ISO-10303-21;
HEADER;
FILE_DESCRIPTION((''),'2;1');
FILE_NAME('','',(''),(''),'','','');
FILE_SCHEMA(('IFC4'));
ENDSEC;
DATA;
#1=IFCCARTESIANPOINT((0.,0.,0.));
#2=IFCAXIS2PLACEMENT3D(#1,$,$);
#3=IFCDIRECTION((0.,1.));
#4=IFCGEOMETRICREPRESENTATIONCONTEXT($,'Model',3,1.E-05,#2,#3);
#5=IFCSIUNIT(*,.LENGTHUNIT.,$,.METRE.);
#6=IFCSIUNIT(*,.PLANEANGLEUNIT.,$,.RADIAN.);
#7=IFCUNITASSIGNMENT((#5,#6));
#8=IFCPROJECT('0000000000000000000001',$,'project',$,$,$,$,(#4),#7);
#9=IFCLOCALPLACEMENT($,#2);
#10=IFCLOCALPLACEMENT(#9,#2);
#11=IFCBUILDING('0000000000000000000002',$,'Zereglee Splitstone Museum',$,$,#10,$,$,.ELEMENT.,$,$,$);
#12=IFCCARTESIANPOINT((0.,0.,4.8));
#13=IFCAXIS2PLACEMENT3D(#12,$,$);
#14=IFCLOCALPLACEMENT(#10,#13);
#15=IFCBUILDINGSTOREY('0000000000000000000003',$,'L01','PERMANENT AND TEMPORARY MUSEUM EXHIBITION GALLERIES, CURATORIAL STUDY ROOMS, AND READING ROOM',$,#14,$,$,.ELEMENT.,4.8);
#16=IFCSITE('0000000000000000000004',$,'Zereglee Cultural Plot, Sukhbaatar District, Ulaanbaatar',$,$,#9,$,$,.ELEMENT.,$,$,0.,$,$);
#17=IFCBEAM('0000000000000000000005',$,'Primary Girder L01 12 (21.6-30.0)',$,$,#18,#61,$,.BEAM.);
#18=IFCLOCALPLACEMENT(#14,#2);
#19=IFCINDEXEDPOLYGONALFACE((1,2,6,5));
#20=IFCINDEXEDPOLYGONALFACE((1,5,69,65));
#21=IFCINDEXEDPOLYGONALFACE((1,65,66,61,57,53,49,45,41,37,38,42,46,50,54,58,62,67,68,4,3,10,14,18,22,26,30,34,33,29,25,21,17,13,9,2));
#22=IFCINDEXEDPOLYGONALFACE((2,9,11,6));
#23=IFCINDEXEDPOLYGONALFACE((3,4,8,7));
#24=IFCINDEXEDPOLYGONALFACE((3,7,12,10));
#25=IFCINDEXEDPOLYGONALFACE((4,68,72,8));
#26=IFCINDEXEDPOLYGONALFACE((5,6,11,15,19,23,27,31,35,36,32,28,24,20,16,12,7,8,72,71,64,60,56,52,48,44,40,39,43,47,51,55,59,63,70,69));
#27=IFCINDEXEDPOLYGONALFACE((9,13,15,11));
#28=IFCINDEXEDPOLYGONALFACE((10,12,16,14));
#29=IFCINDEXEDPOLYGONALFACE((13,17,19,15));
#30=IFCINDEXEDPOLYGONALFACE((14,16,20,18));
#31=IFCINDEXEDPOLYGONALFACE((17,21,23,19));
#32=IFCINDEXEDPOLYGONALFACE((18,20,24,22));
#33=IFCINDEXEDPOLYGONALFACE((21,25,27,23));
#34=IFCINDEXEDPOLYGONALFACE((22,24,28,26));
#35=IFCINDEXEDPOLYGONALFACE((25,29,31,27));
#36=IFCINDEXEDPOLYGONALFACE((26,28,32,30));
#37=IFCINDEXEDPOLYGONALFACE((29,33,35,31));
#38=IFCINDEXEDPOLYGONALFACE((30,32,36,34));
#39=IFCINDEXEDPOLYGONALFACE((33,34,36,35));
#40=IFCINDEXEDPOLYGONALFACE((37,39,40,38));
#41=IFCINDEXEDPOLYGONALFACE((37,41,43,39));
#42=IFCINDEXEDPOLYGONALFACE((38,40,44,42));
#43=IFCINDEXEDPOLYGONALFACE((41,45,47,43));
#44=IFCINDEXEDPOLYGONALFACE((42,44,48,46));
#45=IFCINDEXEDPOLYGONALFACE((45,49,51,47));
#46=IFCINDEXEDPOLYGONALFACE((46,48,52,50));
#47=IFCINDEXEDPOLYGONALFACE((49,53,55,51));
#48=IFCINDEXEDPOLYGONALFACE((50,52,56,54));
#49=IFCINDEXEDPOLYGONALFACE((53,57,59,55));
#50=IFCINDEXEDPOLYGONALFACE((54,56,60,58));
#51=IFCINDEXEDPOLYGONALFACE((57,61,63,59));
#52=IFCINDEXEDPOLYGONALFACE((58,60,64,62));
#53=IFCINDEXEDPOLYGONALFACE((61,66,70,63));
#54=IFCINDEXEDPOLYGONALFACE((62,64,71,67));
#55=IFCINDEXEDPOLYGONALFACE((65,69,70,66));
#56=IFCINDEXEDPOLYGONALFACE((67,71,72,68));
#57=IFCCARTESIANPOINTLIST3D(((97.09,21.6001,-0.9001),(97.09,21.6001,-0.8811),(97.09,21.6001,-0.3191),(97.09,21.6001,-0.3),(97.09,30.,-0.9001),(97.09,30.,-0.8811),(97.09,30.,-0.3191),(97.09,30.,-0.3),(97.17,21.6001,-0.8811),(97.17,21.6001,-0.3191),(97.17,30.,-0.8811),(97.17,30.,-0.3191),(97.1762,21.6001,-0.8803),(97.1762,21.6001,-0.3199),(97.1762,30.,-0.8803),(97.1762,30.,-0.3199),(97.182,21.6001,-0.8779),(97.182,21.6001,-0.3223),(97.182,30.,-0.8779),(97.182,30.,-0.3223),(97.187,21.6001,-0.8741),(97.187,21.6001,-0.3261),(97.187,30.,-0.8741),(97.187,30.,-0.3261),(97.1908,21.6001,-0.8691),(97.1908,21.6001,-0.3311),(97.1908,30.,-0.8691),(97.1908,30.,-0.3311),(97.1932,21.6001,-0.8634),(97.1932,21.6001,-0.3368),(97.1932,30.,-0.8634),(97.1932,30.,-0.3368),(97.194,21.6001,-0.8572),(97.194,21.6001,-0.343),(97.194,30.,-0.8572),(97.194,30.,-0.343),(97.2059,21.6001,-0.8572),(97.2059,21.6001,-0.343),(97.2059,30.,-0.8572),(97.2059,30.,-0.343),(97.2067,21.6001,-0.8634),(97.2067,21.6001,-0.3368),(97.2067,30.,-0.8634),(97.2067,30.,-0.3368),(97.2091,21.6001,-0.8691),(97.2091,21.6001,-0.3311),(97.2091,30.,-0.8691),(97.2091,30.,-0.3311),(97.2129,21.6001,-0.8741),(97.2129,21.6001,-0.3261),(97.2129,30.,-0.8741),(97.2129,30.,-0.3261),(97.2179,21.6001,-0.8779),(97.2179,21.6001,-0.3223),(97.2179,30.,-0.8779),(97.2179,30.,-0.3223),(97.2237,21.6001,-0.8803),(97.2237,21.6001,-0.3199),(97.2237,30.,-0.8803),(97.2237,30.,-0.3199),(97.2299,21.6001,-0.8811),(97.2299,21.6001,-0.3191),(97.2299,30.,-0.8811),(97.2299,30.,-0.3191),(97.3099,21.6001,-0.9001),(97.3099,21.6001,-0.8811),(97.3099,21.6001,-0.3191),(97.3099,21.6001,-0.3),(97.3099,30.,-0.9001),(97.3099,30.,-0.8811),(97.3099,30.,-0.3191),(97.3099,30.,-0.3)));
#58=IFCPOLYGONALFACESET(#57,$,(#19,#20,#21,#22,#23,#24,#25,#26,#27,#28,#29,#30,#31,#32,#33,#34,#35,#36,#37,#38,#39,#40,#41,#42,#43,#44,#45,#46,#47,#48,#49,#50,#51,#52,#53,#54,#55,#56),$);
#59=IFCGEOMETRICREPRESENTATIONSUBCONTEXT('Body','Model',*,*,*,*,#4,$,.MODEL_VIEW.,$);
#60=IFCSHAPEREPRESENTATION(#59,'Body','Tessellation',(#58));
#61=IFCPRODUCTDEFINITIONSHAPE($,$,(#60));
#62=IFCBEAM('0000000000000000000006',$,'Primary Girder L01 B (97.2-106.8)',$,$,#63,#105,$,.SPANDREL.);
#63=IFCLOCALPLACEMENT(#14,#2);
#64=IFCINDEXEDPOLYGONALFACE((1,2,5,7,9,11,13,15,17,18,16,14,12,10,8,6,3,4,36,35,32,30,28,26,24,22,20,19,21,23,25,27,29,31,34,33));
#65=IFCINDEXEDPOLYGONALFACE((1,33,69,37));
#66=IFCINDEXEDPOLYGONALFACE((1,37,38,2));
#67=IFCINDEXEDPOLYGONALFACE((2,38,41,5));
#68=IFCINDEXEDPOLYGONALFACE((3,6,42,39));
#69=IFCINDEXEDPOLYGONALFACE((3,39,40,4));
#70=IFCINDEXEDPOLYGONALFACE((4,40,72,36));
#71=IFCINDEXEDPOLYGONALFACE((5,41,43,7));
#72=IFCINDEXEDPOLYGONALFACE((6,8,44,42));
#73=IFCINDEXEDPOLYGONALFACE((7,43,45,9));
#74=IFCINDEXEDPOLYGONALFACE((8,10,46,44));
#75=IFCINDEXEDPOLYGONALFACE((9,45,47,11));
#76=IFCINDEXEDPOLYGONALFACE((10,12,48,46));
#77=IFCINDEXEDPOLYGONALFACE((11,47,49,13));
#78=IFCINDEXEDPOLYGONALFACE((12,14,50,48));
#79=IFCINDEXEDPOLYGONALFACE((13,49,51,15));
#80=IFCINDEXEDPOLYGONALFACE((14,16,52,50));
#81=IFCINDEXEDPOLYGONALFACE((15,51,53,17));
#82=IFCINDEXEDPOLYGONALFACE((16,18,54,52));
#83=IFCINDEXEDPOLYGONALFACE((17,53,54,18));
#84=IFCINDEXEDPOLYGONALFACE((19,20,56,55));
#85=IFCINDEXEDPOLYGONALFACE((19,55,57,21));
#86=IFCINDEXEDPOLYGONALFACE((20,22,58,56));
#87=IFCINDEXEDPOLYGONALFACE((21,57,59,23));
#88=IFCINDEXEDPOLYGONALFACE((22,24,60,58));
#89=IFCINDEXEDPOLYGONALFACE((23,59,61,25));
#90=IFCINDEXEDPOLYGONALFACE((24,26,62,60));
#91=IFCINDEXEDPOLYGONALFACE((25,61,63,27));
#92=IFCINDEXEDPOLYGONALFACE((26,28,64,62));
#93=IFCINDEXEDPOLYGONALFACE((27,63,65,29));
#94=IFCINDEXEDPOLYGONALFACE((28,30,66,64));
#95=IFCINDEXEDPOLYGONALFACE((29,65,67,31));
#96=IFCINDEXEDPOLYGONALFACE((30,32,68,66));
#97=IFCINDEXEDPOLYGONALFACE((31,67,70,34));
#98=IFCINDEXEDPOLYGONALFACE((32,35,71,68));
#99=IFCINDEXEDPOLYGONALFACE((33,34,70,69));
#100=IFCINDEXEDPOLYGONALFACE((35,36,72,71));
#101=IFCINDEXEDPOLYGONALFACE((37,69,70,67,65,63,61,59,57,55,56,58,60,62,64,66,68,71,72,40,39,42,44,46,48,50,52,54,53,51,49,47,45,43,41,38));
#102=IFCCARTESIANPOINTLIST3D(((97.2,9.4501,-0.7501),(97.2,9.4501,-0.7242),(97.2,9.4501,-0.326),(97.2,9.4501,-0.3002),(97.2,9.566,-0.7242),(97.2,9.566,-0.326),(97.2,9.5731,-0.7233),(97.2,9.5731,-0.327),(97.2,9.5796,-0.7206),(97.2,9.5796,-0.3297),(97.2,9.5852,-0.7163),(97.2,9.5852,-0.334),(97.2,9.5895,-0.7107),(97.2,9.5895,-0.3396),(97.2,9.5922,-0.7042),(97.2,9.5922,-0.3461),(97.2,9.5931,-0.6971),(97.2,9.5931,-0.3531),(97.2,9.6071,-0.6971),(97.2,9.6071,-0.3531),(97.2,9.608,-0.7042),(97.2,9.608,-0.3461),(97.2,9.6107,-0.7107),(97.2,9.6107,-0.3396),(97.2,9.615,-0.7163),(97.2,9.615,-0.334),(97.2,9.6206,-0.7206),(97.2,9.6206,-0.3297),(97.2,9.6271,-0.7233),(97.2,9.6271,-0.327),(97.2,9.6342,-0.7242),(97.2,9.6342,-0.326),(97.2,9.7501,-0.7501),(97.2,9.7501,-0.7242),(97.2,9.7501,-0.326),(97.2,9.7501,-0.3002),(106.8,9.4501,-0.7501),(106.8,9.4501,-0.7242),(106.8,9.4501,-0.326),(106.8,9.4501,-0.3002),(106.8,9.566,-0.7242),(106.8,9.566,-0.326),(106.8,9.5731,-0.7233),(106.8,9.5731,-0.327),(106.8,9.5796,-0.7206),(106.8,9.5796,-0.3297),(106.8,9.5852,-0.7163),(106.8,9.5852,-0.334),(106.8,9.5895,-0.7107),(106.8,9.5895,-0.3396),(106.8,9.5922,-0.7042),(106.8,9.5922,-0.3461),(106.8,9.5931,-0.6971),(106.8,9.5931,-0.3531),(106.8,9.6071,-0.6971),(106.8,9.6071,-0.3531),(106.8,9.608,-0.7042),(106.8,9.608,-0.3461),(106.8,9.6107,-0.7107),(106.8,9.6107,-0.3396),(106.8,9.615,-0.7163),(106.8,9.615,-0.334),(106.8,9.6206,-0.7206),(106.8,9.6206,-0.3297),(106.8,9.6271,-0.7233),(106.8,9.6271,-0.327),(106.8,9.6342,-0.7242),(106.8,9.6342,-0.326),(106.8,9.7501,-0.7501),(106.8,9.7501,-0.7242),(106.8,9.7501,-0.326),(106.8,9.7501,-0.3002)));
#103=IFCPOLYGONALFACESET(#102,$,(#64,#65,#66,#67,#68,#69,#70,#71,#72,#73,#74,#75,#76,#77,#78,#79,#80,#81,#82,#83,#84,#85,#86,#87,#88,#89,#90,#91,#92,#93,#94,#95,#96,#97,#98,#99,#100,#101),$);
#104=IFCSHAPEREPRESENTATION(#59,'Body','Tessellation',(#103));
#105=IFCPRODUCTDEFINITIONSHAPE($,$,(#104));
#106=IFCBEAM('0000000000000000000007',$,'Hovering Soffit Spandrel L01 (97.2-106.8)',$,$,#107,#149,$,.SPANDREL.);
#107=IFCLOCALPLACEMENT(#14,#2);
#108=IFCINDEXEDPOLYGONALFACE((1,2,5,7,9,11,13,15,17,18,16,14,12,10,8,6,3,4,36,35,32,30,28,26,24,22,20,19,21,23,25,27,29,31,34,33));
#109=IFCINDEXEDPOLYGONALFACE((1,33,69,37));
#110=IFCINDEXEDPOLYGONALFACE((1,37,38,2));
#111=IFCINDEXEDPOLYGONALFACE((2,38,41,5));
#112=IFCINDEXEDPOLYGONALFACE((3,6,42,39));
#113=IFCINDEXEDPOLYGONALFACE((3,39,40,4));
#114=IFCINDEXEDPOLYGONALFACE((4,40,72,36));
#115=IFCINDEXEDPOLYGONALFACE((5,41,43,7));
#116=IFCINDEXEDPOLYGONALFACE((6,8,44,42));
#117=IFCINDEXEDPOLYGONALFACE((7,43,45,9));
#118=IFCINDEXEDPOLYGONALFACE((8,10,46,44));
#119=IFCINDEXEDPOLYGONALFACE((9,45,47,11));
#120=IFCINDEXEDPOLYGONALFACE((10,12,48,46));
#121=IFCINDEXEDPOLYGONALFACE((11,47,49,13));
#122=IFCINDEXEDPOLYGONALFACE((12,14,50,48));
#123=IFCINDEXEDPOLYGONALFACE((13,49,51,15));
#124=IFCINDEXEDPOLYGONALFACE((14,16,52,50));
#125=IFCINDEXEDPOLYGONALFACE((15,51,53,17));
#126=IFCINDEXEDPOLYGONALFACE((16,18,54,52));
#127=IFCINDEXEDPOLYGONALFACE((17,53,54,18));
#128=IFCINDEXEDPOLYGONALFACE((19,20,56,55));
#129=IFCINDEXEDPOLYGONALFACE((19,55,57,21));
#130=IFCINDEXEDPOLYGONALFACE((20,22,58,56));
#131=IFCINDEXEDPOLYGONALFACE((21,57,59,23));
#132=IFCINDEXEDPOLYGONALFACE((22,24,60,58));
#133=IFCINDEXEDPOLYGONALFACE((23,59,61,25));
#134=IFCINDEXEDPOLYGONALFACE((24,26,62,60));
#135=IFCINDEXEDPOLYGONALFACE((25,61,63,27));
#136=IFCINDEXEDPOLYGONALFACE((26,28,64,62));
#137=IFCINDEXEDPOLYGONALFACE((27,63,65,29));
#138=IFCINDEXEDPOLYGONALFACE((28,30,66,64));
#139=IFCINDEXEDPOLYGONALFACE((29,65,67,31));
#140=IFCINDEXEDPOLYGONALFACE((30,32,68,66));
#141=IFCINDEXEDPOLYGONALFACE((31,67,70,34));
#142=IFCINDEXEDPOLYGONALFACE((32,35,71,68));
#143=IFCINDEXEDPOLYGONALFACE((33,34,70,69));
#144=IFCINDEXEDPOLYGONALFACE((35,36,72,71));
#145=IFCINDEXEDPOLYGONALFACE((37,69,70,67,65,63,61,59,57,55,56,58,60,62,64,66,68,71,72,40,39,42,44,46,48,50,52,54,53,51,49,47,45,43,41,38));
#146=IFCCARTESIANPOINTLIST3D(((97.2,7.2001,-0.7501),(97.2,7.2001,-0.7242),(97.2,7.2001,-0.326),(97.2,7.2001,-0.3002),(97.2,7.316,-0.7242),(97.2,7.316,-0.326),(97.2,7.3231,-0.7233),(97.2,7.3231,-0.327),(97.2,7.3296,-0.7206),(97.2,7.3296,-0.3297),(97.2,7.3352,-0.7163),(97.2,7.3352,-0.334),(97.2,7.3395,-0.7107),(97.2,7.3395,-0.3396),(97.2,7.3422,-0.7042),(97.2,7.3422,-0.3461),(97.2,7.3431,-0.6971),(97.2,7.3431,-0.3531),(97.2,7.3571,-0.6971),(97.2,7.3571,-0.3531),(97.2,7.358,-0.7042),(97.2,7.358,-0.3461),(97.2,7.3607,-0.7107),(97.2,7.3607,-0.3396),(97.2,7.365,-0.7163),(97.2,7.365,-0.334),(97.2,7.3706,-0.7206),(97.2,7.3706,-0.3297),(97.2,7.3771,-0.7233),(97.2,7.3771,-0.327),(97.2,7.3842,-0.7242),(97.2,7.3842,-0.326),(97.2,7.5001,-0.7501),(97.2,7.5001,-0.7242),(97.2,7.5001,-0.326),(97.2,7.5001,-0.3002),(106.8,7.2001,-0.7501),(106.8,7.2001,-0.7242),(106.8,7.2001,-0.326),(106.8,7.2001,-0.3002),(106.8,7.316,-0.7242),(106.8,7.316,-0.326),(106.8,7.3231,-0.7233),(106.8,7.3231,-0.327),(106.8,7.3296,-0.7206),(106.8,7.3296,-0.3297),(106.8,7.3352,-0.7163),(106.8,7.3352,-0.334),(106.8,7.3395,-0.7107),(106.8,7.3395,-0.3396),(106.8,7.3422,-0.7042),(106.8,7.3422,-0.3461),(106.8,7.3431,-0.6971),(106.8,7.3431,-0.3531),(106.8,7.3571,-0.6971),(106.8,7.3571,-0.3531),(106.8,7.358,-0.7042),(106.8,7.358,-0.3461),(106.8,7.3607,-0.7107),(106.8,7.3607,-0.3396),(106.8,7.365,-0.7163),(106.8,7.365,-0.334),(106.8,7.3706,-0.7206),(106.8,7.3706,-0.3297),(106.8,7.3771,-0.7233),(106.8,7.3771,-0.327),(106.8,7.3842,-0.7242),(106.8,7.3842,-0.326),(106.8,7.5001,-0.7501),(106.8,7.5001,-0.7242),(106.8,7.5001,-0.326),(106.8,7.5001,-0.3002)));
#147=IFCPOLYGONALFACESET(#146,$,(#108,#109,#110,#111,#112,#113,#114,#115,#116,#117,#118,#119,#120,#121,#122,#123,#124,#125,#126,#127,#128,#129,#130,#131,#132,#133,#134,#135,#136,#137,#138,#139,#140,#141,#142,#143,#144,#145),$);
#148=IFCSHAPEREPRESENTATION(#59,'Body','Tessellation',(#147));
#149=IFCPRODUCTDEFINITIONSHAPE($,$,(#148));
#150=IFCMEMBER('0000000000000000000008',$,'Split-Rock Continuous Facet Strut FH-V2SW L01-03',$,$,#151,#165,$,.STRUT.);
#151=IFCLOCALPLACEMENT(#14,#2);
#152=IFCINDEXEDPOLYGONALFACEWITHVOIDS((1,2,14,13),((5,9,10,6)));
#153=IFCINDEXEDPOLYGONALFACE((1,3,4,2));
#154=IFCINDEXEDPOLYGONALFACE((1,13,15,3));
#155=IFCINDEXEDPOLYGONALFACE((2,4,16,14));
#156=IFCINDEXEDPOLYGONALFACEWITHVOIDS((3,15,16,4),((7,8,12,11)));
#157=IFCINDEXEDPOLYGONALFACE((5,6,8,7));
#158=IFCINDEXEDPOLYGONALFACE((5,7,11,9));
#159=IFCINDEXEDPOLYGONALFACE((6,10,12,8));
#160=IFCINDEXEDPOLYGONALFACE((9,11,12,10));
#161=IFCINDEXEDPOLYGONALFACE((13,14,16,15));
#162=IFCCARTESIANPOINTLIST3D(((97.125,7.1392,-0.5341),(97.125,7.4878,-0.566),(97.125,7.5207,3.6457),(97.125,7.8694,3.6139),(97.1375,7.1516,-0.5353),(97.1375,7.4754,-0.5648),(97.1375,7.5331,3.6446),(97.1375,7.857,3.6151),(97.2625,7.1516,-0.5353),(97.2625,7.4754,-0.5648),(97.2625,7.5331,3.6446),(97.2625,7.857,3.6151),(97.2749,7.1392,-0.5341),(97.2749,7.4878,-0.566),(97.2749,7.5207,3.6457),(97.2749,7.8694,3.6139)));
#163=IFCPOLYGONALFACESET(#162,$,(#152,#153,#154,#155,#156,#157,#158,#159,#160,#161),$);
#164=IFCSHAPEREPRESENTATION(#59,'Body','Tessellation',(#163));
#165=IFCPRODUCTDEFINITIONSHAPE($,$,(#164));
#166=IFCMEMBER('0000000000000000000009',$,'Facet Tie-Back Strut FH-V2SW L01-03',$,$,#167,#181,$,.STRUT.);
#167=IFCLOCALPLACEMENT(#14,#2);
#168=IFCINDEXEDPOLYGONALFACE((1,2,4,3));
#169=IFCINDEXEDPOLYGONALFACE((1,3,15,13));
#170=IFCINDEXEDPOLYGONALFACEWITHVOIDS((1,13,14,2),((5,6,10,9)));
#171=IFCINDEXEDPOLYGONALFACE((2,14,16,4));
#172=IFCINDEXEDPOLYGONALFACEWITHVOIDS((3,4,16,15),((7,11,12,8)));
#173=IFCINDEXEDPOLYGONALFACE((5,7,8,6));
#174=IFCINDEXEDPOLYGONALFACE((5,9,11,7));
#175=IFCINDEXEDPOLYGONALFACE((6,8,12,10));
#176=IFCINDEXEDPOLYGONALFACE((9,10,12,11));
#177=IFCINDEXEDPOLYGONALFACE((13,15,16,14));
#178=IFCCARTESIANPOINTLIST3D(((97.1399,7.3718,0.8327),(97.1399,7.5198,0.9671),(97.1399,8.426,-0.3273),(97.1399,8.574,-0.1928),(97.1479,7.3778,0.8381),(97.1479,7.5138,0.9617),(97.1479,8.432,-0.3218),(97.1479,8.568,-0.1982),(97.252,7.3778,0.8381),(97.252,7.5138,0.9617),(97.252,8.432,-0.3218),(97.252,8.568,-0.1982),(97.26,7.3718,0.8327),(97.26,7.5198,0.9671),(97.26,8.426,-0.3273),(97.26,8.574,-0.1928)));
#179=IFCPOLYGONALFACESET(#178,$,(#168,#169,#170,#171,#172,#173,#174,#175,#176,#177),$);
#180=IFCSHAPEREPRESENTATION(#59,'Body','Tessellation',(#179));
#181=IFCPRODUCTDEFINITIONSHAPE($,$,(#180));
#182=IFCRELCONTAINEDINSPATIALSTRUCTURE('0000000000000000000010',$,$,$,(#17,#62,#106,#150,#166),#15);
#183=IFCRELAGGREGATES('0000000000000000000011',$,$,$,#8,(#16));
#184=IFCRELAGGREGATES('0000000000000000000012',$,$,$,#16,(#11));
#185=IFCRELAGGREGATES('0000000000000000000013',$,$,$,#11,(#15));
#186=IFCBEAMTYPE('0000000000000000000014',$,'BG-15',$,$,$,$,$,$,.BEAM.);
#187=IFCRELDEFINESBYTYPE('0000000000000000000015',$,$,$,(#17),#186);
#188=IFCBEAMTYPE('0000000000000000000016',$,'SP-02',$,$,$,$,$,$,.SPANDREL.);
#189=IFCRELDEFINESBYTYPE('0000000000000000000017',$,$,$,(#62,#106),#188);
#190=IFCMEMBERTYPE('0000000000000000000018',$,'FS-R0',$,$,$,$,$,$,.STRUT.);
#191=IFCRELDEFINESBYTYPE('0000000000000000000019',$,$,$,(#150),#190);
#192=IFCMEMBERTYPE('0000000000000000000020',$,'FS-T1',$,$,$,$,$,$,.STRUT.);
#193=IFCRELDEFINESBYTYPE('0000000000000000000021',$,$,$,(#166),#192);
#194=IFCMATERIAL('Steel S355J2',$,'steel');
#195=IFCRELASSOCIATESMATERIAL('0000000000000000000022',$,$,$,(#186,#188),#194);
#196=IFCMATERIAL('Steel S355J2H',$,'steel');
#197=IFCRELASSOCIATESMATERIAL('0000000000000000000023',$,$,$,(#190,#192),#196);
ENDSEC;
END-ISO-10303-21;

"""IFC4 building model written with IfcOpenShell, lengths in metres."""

from ifc_helpers import new_model, si_unit, direction, frame, origin, origin_2d, place, context, subcontext, project, spatial, hollow_rectangle, i_section, extrude, material, material_profile, profile_set, type_object, element, save


model = new_model("IFC4")

# Units and contexts
model_context = context("Model", 3, precision=1e-05, world=origin(), true_north=direction((0.0, 1.0)))
body_context = subcontext(model_context, "Body", "Model", "MODEL_VIEW")
ifc_project = project(units=[si_unit("LENGTHUNIT", "METRE"), si_unit("PLANEANGLEUNIT", "RADIAN")], contexts=[model_context])

# Site, building, storey
site_placement = place(None, origin())
site = spatial("IfcSite", under=ifc_project, at=site_placement, Name="Zereglee Cultural Plot, Sukhbaatar District, Ulaanbaatar", CompositionType="ELEMENT", RefElevation=0.0)
building_placement = place(site_placement, origin())
building = spatial("IfcBuilding", under=site, at=building_placement, Name="Zereglee Splitstone Museum", CompositionType="ELEMENT")
storey_placement = place(building_placement, frame((0.0, 0.0, 4.8)))
storey = spatial("IfcBuildingStorey", under=building, at=storey_placement, Name="L01", Description="PERMANENT AND TEMPORARY MUSEUM EXHIBITION GALLERIES, CURATORIAL STUDY ROOMS, AND READING ROOM", CompositionType="ELEMENT", Elevation=4.8)

# Shared definitions
ifc_material_1 = material(Name="Steel S355J2", Category="steel")

# Shared definitions
ifc_material_2 = material(Name="Steel S355J2H", Category="steel")

# Beams
ifc_material_profile_1 = material_profile(ifc_material_1, i_section(OverallWidth=0.22, OverallDepth=0.6001, WebThickness=0.012, FlangeThickness=0.019, FilletRadius=0.0239, at=origin_2d()), Name="IPE 600")
ifc_profile_set_1 = profile_set([ifc_material_profile_1], Name="Steel S355J2")
beam_type_1 = type_object("IfcBeamType", Name="BG-15", PredefinedType="BEAM", material=ifc_profile_set_1)
beam_1_placement = place(storey_placement, frame((97.2, 21.6001, -0.6001), z_axis=(0.0, 1.0, 0.0), x_axis=(-1.0, 0.0, 0.0)))
element("IfcBeam", 1, at=beam_1_placement, inside=storey, type_object=beam_type_1, Name="Primary Girder L01 12 (21.6-30.0)", PredefinedType="BEAM", context=body_context, shape_type="SweptSolid", body=[
    extrude(i_section(OverallWidth=0.22, OverallDepth=0.6001, WebThickness=0.012, FlangeThickness=0.019, FilletRadius=0.0239, at=origin_2d()), origin(), (0.0, 0.0, 1.0), 8.3999),
])
ifc_material_profile_2 = material_profile(ifc_material_1, i_section(OverallWidth=0.3, OverallDepth=0.45, WebThickness=0.0139, FlangeThickness=0.0259, FilletRadius=0.0271, at=origin_2d()), Name="HE 450 B")
ifc_profile_set_2 = profile_set([ifc_material_profile_2], Name="Steel S355J2")
beam_type_2 = type_object("IfcBeamType", Name="SP-02", PredefinedType="SPANDREL", material=ifc_profile_set_2)
for number, where, z_axis, x_axis, name in (
    (2, (97.2, 9.6001, -0.5251), (1.0, 0.0, 0.0), (0.0, 1.0, 0.0), "Primary Girder L01 B (97.2-106.8)"),
    (3, (97.2, 7.3501, -0.5251), (1.0, 0.0, 0.0), (0.0, 1.0, 0.0), "Hovering Soffit Spandrel L01 (97.2-106.8)"),
):
    element("IfcBeam", number, at=place(storey_placement, frame(where, z_axis=z_axis, x_axis=x_axis)), inside=storey, type_object=beam_type_2, Name=name, PredefinedType="SPANDREL", context=body_context, shape_type="SweptSolid", body=[
        extrude(i_section(OverallWidth=0.3, OverallDepth=0.45, WebThickness=0.0139, FlangeThickness=0.0259, FilletRadius=0.0271, at=origin_2d()), origin(), (0.0, 0.0, 1.0), 9.6001),
    ])

# Members
ifc_material_profile_3 = material_profile(ifc_material_2, hollow_rectangle(XDim=0.1499, YDim=0.3501, WallThickness=0.0125, at=origin_2d()), Name="RHS 350x150x12.5")
ifc_profile_set_3 = profile_set([ifc_material_profile_3], Name="Steel S355J2H")
member_type_1 = type_object("IfcMemberType", Name="FS-R0", PredefinedType="STRUT", material=ifc_profile_set_3)
member_1_placement = place(storey_placement, frame((97.2, 7.3135, -0.55), z_axis=(0.0, 0.090913, 0.995859), x_axis=(-1.0, 0.0, 0.0)))
element("IfcMember", 4, at=member_1_placement, inside=storey, type_object=member_type_1, Name="Split-Rock Continuous Facet Strut FH-V2SW L01-03", PredefinedType="STRUT", context=body_context, shape_type="SweptSolid", body=[
    extrude(hollow_rectangle(XDim=0.1499, YDim=0.3501, WallThickness=0.0125, at=origin_2d()), origin(), (0.0, 0.0, 1.0), 4.1973),
])
ifc_material_profile_4 = material_profile(ifc_material_2, hollow_rectangle(XDim=0.1201, YDim=0.2, WallThickness=0.0081, at=origin_2d()), Name="RHS 200x120x8")
ifc_profile_set_4 = profile_set([ifc_material_profile_4], Name="Steel S355J2H")
member_type_2 = type_object("IfcMemberType", Name="FS-T1", PredefinedType="STRUT", material=ifc_profile_set_4)
member_2_placement = place(storey_placement, frame((97.2, 8.5, -0.26), z_axis=(0.0, -0.67258, 0.740025), x_axis=(1.0, 0.0, 0.0)))
element("IfcMember", 5, at=member_2_placement, inside=storey, type_object=member_type_2, Name="Facet Tie-Back Strut FH-V2SW L01-03", PredefinedType="STRUT", context=body_context, shape_type="SweptSolid", body=[
    extrude(hollow_rectangle(XDim=0.1201, YDim=0.2, WallThickness=0.0081, at=origin_2d()), origin(), (0.0, 0.0, 1.0), 1.5674),
])

save(model, "model.ifc")
